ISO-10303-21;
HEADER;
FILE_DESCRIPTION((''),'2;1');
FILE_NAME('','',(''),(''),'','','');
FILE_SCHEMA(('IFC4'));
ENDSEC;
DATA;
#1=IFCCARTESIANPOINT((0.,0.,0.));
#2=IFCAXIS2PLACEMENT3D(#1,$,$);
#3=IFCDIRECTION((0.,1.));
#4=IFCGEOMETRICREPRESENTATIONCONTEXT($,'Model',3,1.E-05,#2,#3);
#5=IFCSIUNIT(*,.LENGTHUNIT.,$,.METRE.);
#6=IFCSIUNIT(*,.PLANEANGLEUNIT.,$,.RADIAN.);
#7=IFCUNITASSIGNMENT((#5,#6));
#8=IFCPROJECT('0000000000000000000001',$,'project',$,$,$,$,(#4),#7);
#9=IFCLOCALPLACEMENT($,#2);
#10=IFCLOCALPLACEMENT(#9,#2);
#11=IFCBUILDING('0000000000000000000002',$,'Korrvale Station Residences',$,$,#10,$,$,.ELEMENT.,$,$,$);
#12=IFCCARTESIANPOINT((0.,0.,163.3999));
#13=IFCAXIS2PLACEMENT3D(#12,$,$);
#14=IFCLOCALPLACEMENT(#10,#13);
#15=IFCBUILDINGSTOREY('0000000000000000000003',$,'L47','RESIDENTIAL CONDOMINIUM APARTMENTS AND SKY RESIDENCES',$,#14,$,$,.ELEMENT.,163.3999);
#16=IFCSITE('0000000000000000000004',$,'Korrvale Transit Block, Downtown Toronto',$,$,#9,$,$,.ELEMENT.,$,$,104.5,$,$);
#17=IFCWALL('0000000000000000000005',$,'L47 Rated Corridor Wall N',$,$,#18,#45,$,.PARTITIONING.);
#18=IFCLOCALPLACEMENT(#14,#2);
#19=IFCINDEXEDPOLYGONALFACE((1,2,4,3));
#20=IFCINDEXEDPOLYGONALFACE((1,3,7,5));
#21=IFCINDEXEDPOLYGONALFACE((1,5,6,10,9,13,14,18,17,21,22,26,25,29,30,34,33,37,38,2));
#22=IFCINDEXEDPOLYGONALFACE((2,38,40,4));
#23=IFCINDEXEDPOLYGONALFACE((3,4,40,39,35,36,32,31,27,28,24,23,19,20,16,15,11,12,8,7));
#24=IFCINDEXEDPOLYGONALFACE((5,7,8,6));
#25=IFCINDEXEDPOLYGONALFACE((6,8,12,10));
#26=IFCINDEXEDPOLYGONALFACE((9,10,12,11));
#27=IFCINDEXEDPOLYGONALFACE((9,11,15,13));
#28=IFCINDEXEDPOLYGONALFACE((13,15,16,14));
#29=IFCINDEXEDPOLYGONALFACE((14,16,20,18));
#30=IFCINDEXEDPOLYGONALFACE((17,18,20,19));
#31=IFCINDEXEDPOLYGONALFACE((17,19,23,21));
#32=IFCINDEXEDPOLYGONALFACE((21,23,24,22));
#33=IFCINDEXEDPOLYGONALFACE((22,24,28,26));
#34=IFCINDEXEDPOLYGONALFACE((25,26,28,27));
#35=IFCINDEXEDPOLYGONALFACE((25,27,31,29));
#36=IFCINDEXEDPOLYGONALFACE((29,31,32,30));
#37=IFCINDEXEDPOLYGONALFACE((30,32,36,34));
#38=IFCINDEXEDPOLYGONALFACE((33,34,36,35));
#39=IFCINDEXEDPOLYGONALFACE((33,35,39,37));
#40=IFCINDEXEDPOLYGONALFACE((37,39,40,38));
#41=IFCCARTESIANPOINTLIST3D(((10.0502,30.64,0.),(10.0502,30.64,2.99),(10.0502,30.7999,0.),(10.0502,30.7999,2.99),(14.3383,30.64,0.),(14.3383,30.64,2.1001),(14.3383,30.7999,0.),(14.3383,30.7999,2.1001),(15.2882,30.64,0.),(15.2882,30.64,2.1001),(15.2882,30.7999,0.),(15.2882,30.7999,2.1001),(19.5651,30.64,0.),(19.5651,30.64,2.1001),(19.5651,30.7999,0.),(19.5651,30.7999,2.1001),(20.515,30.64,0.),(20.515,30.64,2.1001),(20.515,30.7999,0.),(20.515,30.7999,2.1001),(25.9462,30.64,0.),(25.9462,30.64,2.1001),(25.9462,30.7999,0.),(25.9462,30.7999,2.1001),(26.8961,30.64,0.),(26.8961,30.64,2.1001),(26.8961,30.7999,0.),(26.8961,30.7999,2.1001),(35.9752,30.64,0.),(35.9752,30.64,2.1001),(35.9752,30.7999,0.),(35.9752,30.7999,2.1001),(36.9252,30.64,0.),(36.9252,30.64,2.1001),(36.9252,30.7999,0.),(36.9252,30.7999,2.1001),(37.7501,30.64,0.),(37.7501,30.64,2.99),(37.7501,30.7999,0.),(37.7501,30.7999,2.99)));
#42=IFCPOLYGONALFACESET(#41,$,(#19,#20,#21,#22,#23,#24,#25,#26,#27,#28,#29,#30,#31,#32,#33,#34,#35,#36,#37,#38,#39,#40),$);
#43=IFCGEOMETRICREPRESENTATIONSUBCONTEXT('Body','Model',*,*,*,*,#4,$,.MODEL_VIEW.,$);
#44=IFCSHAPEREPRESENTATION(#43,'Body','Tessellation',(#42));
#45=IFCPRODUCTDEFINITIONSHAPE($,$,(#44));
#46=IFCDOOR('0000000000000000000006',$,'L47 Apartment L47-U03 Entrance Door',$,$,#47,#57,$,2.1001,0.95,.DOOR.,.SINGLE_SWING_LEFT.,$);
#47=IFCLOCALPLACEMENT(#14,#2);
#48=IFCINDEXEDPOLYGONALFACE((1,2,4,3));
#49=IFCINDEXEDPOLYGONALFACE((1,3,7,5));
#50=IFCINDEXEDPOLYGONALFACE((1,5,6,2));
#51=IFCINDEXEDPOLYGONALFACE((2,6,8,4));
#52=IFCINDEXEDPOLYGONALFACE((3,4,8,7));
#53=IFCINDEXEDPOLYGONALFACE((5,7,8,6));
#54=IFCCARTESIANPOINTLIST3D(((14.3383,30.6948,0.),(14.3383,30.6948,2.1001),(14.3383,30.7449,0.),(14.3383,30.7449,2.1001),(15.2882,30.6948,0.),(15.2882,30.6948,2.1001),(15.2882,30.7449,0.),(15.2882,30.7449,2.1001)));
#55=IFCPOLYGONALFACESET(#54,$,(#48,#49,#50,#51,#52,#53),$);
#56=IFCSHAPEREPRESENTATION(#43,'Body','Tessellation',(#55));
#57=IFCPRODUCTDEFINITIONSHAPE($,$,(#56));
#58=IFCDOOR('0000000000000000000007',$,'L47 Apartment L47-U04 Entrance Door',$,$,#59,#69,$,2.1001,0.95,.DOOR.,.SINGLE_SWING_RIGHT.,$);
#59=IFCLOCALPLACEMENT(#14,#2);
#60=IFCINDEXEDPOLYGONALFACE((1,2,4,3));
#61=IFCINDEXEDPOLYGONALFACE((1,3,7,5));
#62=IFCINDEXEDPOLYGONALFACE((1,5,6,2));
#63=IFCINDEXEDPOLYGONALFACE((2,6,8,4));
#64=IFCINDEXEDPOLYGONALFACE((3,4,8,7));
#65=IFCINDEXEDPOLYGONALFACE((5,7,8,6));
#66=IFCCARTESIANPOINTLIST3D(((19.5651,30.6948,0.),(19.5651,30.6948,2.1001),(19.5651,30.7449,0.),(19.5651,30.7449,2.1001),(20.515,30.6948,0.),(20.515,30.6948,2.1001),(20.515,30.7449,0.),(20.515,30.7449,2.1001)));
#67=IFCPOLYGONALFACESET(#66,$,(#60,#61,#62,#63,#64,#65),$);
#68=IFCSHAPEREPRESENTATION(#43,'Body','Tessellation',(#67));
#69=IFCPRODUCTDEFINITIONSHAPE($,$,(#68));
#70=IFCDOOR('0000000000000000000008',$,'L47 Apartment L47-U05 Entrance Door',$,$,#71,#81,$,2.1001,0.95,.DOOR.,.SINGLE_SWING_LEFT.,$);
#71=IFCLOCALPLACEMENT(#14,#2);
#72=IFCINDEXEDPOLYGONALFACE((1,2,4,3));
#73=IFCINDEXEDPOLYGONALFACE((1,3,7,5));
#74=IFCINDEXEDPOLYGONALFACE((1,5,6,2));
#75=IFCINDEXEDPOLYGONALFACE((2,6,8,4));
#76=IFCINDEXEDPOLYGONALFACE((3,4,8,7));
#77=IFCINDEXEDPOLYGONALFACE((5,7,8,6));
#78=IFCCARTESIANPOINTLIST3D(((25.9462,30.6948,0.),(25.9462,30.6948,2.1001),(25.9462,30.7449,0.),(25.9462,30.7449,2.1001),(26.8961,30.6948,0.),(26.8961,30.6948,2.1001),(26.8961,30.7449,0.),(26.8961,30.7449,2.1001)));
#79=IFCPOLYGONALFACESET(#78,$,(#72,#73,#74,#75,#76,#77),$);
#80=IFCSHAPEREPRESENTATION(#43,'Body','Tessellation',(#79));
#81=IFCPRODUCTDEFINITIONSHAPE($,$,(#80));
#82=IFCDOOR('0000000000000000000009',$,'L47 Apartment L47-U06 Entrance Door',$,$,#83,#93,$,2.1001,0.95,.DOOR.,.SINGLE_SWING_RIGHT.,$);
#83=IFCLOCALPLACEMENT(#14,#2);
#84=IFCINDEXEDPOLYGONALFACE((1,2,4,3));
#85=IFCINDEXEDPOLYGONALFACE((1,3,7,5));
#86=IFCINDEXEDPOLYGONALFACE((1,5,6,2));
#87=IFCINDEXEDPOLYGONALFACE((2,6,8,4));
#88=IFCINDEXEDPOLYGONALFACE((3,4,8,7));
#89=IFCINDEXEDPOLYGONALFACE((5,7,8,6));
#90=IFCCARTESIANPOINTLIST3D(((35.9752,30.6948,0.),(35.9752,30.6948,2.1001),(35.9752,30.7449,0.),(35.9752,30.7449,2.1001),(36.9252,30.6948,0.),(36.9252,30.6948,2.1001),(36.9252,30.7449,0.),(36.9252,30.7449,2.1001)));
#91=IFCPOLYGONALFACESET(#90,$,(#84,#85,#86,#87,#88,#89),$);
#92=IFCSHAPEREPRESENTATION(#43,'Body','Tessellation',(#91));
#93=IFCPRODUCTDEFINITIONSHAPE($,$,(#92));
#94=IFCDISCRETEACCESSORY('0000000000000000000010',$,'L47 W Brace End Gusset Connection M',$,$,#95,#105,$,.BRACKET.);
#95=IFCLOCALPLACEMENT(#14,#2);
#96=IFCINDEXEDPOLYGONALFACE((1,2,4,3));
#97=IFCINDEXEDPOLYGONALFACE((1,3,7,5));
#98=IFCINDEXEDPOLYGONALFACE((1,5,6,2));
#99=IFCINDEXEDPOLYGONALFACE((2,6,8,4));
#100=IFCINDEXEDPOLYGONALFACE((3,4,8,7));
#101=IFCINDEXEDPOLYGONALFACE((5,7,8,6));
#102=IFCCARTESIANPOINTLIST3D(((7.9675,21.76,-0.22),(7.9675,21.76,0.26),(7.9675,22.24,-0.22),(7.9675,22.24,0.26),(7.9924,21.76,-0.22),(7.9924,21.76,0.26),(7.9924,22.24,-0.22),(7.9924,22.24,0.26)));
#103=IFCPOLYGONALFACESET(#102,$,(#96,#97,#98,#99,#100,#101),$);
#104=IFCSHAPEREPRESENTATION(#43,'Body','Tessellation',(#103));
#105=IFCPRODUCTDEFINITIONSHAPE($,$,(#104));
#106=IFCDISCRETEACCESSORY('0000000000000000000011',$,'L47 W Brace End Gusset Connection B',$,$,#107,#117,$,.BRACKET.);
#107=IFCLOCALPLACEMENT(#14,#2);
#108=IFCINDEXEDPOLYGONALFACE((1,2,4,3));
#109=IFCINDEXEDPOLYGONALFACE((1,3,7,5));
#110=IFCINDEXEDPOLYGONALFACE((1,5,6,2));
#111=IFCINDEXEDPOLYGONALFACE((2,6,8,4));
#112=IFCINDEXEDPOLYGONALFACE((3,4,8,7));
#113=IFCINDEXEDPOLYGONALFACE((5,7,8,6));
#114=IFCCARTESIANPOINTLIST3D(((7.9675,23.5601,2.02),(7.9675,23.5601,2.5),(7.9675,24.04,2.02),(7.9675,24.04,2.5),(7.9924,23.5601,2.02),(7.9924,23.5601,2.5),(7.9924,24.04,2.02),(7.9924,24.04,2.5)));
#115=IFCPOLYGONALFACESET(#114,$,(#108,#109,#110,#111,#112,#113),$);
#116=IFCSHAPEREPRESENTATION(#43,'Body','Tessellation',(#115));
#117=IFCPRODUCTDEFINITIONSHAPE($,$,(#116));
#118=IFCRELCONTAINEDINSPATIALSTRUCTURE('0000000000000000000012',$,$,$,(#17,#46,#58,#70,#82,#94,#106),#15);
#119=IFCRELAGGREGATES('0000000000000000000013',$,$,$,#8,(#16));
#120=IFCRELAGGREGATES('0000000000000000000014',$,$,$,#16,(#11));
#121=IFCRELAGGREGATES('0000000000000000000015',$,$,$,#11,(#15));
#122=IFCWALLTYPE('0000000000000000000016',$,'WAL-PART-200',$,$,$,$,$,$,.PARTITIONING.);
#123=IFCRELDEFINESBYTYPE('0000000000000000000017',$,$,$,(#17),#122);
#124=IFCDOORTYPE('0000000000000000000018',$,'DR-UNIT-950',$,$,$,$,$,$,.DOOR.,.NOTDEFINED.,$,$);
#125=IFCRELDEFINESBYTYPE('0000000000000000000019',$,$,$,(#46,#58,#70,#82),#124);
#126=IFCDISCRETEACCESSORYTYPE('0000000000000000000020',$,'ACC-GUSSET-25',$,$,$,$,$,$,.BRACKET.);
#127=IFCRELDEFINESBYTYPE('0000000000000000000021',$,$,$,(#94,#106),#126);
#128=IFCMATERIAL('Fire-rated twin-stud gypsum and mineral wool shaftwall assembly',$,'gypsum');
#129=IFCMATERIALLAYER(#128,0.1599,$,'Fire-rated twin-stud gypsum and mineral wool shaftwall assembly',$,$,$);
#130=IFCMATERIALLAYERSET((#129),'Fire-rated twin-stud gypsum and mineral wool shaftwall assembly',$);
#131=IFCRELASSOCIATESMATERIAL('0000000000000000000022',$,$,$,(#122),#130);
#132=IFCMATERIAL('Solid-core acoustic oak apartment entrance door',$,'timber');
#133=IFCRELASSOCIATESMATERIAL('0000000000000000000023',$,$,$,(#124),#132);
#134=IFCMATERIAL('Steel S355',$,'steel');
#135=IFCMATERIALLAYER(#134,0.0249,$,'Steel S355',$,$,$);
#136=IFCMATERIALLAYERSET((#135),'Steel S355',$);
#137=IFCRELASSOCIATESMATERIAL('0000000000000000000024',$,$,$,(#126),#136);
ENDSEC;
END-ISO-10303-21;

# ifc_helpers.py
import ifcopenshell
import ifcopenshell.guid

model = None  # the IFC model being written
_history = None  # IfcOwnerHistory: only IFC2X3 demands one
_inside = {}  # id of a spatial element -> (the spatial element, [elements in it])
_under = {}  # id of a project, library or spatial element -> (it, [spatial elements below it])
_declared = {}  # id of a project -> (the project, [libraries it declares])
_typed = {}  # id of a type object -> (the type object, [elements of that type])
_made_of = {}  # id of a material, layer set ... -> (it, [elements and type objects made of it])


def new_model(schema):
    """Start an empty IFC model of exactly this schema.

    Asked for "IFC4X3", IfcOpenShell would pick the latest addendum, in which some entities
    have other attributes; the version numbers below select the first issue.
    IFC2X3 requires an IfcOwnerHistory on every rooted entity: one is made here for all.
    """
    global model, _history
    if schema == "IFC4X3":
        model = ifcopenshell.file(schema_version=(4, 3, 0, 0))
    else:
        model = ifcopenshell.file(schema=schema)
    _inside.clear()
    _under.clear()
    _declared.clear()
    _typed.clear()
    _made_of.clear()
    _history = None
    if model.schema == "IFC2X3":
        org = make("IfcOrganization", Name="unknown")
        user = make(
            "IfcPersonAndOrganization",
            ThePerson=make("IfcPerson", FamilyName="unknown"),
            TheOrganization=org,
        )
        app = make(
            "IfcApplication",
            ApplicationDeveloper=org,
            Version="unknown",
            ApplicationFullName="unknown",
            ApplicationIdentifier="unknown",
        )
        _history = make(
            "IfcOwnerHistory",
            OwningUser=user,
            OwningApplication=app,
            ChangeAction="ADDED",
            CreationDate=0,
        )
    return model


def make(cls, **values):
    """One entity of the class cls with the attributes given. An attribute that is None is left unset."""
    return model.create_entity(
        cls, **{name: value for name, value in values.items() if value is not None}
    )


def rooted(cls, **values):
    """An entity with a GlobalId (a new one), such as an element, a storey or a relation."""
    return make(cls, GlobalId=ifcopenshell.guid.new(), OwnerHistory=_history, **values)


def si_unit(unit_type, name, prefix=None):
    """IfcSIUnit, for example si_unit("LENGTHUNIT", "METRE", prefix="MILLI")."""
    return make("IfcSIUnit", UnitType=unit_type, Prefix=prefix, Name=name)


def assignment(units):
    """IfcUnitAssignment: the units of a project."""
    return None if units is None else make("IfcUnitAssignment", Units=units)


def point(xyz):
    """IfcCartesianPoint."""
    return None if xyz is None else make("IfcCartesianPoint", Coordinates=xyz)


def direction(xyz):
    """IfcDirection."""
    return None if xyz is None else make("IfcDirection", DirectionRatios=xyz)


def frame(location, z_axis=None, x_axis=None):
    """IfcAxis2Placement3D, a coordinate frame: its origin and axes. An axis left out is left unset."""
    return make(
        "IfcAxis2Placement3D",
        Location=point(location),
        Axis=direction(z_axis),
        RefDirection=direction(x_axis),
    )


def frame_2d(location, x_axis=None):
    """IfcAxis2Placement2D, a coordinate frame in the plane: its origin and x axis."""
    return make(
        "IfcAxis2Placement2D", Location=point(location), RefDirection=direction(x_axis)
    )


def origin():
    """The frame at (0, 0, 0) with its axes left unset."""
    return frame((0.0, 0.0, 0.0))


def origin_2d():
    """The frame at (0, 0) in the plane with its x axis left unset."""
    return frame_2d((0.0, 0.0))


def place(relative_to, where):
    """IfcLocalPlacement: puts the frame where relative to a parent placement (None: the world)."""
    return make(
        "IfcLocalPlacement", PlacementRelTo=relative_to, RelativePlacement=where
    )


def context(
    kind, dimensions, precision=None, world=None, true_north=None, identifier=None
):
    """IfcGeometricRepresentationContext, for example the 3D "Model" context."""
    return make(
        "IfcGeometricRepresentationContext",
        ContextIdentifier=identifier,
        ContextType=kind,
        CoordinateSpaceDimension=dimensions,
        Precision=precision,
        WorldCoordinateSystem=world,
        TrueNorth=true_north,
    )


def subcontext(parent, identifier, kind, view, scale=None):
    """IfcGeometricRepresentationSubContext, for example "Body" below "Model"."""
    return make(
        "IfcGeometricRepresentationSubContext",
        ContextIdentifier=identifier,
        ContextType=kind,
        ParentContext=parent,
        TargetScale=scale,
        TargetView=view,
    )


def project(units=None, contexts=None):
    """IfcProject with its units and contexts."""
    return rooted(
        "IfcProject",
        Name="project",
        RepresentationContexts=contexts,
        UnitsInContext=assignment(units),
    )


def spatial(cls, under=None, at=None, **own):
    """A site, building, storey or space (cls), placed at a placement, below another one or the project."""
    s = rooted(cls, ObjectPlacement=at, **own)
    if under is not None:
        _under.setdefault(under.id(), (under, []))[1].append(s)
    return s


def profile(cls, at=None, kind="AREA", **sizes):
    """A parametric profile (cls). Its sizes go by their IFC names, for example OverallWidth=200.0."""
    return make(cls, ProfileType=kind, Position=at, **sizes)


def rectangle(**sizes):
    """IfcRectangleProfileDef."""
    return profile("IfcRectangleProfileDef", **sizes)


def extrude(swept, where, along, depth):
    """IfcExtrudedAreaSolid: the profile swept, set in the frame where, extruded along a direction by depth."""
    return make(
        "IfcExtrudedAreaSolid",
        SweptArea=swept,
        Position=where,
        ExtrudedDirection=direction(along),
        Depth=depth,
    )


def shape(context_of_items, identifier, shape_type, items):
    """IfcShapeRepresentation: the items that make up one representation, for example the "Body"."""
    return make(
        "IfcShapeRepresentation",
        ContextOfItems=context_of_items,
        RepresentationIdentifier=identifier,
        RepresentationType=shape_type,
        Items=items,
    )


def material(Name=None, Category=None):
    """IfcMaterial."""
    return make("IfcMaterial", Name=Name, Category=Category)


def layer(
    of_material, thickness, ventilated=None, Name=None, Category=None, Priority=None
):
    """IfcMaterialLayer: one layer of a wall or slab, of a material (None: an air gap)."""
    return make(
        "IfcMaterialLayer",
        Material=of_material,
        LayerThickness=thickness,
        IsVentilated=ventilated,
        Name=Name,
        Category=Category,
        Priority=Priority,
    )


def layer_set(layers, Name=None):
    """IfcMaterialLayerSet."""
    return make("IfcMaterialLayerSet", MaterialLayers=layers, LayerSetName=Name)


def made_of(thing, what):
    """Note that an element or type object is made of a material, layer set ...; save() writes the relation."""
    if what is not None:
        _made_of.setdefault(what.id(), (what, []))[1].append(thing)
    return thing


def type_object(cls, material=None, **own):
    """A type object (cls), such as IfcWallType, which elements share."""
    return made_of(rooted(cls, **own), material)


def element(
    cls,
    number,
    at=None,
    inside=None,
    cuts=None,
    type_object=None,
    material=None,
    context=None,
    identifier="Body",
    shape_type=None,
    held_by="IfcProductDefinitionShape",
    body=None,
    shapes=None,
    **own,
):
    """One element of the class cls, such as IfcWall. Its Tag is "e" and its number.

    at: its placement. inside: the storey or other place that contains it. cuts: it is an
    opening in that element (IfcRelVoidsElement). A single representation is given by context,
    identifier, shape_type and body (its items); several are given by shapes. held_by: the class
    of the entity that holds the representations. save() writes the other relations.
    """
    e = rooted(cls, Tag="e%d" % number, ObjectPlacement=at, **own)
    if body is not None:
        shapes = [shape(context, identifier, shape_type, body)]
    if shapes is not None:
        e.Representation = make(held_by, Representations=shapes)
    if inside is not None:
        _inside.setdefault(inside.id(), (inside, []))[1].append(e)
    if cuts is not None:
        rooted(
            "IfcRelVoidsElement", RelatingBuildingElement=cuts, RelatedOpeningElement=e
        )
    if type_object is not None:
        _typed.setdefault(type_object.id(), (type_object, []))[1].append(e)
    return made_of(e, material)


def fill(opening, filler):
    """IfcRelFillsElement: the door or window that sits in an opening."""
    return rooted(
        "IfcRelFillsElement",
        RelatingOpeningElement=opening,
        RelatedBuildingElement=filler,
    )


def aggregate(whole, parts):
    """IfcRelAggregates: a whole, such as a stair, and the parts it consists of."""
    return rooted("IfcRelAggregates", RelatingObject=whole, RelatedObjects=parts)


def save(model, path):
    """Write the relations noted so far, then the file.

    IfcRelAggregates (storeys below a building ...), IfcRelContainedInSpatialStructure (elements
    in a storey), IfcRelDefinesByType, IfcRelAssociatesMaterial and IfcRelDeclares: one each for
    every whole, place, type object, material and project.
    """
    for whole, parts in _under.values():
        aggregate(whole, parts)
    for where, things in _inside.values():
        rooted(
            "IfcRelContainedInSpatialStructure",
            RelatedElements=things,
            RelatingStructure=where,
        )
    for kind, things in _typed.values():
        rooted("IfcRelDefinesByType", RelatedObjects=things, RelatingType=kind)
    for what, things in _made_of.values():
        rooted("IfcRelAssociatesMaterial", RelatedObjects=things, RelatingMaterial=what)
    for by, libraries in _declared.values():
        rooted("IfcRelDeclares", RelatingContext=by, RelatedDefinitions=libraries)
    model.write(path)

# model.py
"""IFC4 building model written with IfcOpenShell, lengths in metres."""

from ifc_helpers import new_model, si_unit, direction, frame, frame_2d, origin, origin_2d, place, context, subcontext, project, spatial, rectangle, extrude, material, layer, layer_set, type_object, element, fill, save


model = new_model("IFC4")

# Units and contexts
model_context = context("Model", 3, precision=1e-05, world=origin(), true_north=direction((0.0, 1.0)))
body_context = subcontext(model_context, "Body", "Model", "MODEL_VIEW")
ifc_project = project(units=[si_unit("LENGTHUNIT", "METRE"), si_unit("PLANEANGLEUNIT", "RADIAN")], contexts=[model_context])

# Site, building, storey
site_placement = place(None, origin())
site = spatial("IfcSite", under=ifc_project, at=site_placement, Name="Korrvale Transit Block, Downtown Toronto", CompositionType="ELEMENT", RefElevation=104.5)
building_placement = place(site_placement, origin())
building = spatial("IfcBuilding", under=site, at=building_placement, Name="Korrvale Station Residences", CompositionType="ELEMENT")
storey_placement = place(building_placement, frame((0.0, 0.0, 163.3999)))
storey = spatial("IfcBuildingStorey", under=building, at=storey_placement, Name="L47", Description="RESIDENTIAL CONDOMINIUM APARTMENTS AND SKY RESIDENCES", CompositionType="ELEMENT", Elevation=163.3999)

# Shared definitions
ifc_material_1 = material(Name="Steel S355", Category="steel")

# Shared definitions
ifc_material_2 = material(Name="Fire-rated twin-stud gypsum and mineral wool shaftwall assembly", Category="gypsum")
ifc_layer_1 = layer(ifc_material_2, 0.1599, Name="Fire-rated twin-stud gypsum and mineral wool shaftwall assembly")
ifc_layer_set_1 = layer_set([ifc_layer_1], Name="Fire-rated twin-stud gypsum and mineral wool shaftwall assembly")
wall_type_1 = type_object("IfcWallType", Name="WAL-PART-200", PredefinedType="PARTITIONING", material=ifc_layer_set_1)

# Wall, openings, doors
wall_1_placement = place(storey_placement, frame((10.05, 30.72, 0.0), z_axis=(0.0, 0.0, 1.0), x_axis=(1.0, 0.0, 0.0)))
wall_1 = element("IfcWall", 1, at=wall_1_placement, inside=storey, type_object=wall_type_1, Name="L47 Rated Corridor Wall N", PredefinedType="PARTITIONING", context=body_context, shape_type="SweptSolid", body=[
    extrude(rectangle(XDim=27.7, YDim=0.1599, at=frame_2d((13.8501, 0.0))), origin(), (0.0, 0.0, 1.0), 2.99),
])
opening_1_placement = place(wall_1_placement, frame((4.2881, 0.0, 0.0)))
opening_1 = element("IfcOpeningElement", 2, at=opening_1_placement, cuts=wall_1, PredefinedType="OPENING", context=body_context, shape_type="SweptSolid", body=[
    extrude(rectangle(XDim=0.95, YDim=2.1001, at=frame_2d((0.4751, 1.05))), frame((0.0, 0.0898, 0.0), z_axis=(0.0, -1.0, 0.0), x_axis=(1.0, 0.0, 0.0)), (0.0, 0.0, 1.0), 0.1799),
])
opening_2_placement = place(wall_1_placement, frame((9.5149, 0.0, 0.0)))
opening_2 = element("IfcOpeningElement", 3, at=opening_2_placement, cuts=wall_1, PredefinedType="OPENING", context=body_context, shape_type="SweptSolid", body=[
    extrude(rectangle(XDim=0.95, YDim=2.1001, at=frame_2d((0.4751, 1.05))), frame((0.0, 0.0898, 0.0), z_axis=(0.0, -1.0, 0.0), x_axis=(1.0, 0.0, 0.0)), (0.0, 0.0, 1.0), 0.1799),
])
opening_3_placement = place(wall_1_placement, frame((15.896, 0.0, 0.0)))
opening_3 = element("IfcOpeningElement", 4, at=opening_3_placement, cuts=wall_1, PredefinedType="OPENING", context=body_context, shape_type="SweptSolid", body=[
    extrude(rectangle(XDim=0.95, YDim=2.1001, at=frame_2d((0.4751, 1.05))), frame((0.0, 0.0898, 0.0), z_axis=(0.0, -1.0, 0.0), x_axis=(1.0, 0.0, 0.0)), (0.0, 0.0, 1.0), 0.1799),
])
opening_4_placement = place(wall_1_placement, frame((25.925, 0.0, 0.0)))
opening_4 = element("IfcOpeningElement", 5, at=opening_4_placement, cuts=wall_1, PredefinedType="OPENING", context=body_context, shape_type="SweptSolid", body=[
    extrude(rectangle(XDim=0.95, YDim=2.1001, at=frame_2d((0.4751, 1.05))), frame((0.0, 0.0898, 0.0), z_axis=(0.0, -1.0, 0.0), x_axis=(1.0, 0.0, 0.0)), (0.0, 0.0, 1.0), 0.1799),
])
ifc_material_3 = material(Name="Solid-core acoustic oak apartment entrance door", Category="timber")
door_type_1 = type_object("IfcDoorType", Name="DR-UNIT-950", OperationType="NOTDEFINED", PredefinedType="DOOR", material=ifc_material_3)
door_1_placement = place(opening_1_placement, origin())
door_1 = element("IfcDoor", 6, at=door_1_placement, inside=storey, type_object=door_type_1, Name="L47 Apartment L47-U03 Entrance Door", OperationType="SINGLE_SWING_LEFT", OverallHeight=2.1001, OverallWidth=0.95, PredefinedType="DOOR", context=body_context, shape_type="SweptSolid", body=[
    extrude(rectangle(XDim=0.95, YDim=2.1001, at=frame_2d((0.4751, 1.05))), frame((0.0, 0.0249, 0.0), z_axis=(0.0, -1.0, 0.0), x_axis=(1.0, 0.0, 0.0)), (0.0, 0.0, 1.0), 0.05),
])
fill(opening_1, door_1)
door_2_placement = place(opening_2_placement, origin())
door_2 = element("IfcDoor", 7, at=door_2_placement, inside=storey, type_object=door_type_1, Name="L47 Apartment L47-U04 Entrance Door", OperationType="SINGLE_SWING_RIGHT", OverallHeight=2.1001, OverallWidth=0.95, PredefinedType="DOOR", context=body_context, shape_type="SweptSolid", body=[
    extrude(rectangle(XDim=0.95, YDim=2.1001, at=frame_2d((0.4751, 1.05))), frame((0.0, 0.0249, 0.0), z_axis=(0.0, -1.0, 0.0), x_axis=(1.0, 0.0, 0.0)), (0.0, 0.0, 1.0), 0.05),
])
fill(opening_2, door_2)
door_3_placement = place(opening_3_placement, origin())
door_3 = element("IfcDoor", 8, at=door_3_placement, inside=storey, type_object=door_type_1, Name="L47 Apartment L47-U05 Entrance Door", OperationType="SINGLE_SWING_LEFT", OverallHeight=2.1001, OverallWidth=0.95, PredefinedType="DOOR", context=body_context, shape_type="SweptSolid", body=[
    extrude(rectangle(XDim=0.95, YDim=2.1001, at=frame_2d((0.4751, 1.05))), frame((0.0, 0.0249, 0.0), z_axis=(0.0, -1.0, 0.0), x_axis=(1.0, 0.0, 0.0)), (0.0, 0.0, 1.0), 0.05),
])
fill(opening_3, door_3)
door_4_placement = place(opening_4_placement, origin())
door_4 = element("IfcDoor", 9, at=door_4_placement, inside=storey, type_object=door_type_1, Name="L47 Apartment L47-U06 Entrance Door", OperationType="SINGLE_SWING_RIGHT", OverallHeight=2.1001, OverallWidth=0.95, PredefinedType="DOOR", context=body_context, shape_type="SweptSolid", body=[
    extrude(rectangle(XDim=0.95, YDim=2.1001, at=frame_2d((0.4751, 1.05))), frame((0.0, 0.0249, 0.0), z_axis=(0.0, -1.0, 0.0), x_axis=(1.0, 0.0, 0.0)), (0.0, 0.0, 1.0), 0.05),
])
fill(opening_4, door_4)

# Discrete accessories
ifc_layer_2 = layer(ifc_material_1, 0.0249, Name="Steel S355")
ifc_layer_set_2 = layer_set([ifc_layer_2], Name="Steel S355")
discrete_accessory_type = type_object("IfcDiscreteAccessoryType", Name="ACC-GUSSET-25", PredefinedType="BRACKET", material=ifc_layer_set_2)
for number, where, z_axis, x_axis, name in (
    (10, (7.98, 22.0, -0.22), (0.0, 0.0, 1.0), (0.0, 1.0, 0.0), "L47 W Brace End Gusset Connection M"),
    (11, (7.98, 23.8, 2.02), (0.0, 0.0, 1.0), (0.0, 1.0, 0.0), "L47 W Brace End Gusset Connection B"),
):
    element("IfcDiscreteAccessory", number, at=place(storey_placement, frame(where, z_axis=z_axis, x_axis=x_axis)), inside=storey, type_object=discrete_accessory_type, Name=name, PredefinedType="BRACKET", context=body_context, shape_type="SweptSolid", body=[
        extrude(rectangle(XDim=0.48, YDim=0.0249, at=origin_2d()), origin(), (0.0, 0.0, 1.0), 0.48),
    ])

save(model, "model.ifc")
